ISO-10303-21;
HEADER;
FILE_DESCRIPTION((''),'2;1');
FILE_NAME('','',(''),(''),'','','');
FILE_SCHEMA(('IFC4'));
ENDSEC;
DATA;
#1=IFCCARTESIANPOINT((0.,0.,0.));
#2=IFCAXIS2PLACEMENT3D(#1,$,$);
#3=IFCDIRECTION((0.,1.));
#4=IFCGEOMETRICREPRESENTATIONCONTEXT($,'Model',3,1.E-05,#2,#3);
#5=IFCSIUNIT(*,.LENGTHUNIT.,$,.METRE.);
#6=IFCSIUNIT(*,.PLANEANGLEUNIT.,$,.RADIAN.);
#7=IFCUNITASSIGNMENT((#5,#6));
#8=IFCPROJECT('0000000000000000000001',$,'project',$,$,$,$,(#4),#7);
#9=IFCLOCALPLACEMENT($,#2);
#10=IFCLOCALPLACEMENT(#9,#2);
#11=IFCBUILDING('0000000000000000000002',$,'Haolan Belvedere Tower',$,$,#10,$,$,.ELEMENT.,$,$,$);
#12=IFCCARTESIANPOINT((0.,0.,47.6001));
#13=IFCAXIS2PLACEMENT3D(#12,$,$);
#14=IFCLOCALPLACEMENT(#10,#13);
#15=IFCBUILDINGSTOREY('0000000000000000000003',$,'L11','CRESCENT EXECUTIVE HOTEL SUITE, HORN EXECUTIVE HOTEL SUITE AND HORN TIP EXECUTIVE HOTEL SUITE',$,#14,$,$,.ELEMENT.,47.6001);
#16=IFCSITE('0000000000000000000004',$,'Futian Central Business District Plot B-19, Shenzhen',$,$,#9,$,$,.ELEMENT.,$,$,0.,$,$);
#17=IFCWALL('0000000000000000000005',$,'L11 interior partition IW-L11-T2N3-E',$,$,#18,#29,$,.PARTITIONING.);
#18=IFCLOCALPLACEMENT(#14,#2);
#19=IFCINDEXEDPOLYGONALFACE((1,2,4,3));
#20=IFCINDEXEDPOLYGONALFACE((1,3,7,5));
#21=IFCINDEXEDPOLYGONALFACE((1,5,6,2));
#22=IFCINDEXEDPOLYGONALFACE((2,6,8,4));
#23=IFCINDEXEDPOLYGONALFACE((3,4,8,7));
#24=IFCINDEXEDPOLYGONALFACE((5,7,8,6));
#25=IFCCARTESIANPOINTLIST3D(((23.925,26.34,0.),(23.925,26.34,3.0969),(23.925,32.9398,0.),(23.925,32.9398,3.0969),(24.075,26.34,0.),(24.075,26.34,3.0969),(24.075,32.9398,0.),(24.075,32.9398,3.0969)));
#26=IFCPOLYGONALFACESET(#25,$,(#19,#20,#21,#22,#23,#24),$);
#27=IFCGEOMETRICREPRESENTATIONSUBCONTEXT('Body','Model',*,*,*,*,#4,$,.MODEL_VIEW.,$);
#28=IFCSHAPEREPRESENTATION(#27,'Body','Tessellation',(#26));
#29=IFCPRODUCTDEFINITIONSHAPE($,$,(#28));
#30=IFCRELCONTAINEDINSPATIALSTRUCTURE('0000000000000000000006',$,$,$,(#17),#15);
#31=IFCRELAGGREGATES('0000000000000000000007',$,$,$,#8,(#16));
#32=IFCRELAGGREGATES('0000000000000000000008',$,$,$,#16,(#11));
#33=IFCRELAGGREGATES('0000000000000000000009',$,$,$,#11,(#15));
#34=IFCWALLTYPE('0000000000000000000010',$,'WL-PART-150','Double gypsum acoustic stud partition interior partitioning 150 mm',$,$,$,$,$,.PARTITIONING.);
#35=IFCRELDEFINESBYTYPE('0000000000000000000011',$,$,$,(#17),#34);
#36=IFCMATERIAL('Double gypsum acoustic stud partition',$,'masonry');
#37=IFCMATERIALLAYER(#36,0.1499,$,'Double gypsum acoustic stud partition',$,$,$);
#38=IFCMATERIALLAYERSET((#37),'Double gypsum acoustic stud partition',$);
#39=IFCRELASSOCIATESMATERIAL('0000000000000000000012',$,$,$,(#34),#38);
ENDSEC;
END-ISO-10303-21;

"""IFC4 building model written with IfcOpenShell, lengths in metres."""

from ifc_helpers import new_model, si_unit, direction, frame, frame_2d, origin, place, context, subcontext, project, spatial, rectangle, extrude, material, layer, layer_set, type_object, element, save


model = new_model("IFC4")

# Units and contexts
model_context = context("Model", 3, precision=1e-05, world=origin(), true_north=direction((0.0, 1.0)))
body_context = subcontext(model_context, "Body", "Model", "MODEL_VIEW")
ifc_project = project(units=[si_unit("LENGTHUNIT", "METRE"), si_unit("PLANEANGLEUNIT", "RADIAN")], contexts=[model_context])

# Site, building, storey
site_placement = place(None, origin())
site = spatial("IfcSite", under=ifc_project, at=site_placement, Name="Futian Central Business District Plot B-19, Shenzhen", CompositionType="ELEMENT", RefElevation=0.0)
building_placement = place(site_placement, origin())
building = spatial("IfcBuilding", under=site, at=building_placement, Name="Haolan Belvedere Tower", CompositionType="ELEMENT")
storey_placement = place(building_placement, frame((0.0, 0.0, 47.6001)))
storey = spatial("IfcBuildingStorey", under=building, at=storey_placement, Name="L11", Description="CRESCENT EXECUTIVE HOTEL SUITE, HORN EXECUTIVE HOTEL SUITE AND HORN TIP EXECUTIVE HOTEL SUITE", CompositionType="ELEMENT", Elevation=47.6001)

# Shared definitions
ifc_material_1 = material(Name="Double gypsum acoustic stud partition", Category="masonry")
ifc_layer_1 = layer(ifc_material_1, 0.1499, Name="Double gypsum acoustic stud partition")
ifc_layer_set_1 = layer_set([ifc_layer_1], Name="Double gypsum acoustic stud partition")
wall_type_1 = type_object("IfcWallType", Name="WL-PART-150", Description="Double gypsum acoustic stud partition interior partitioning 150 mm", PredefinedType="PARTITIONING", material=ifc_layer_set_1)

# Wall
wall_1_placement = place(storey_placement, frame((24.0, 26.3401, 0.0), z_axis=(0.0, 0.0, 1.0), x_axis=(0.0, 1.0, 0.0)))
element("IfcWall", 1, at=wall_1_placement, inside=storey, type_object=wall_type_1, Name="L11 interior partition IW-L11-T2N3-E", PredefinedType="PARTITIONING", context=body_context, shape_type="SweptSolid", body=[
    extrude(rectangle(XDim=6.5999, YDim=0.1499, at=frame_2d((3.2998, 0.0))), origin(), (0.0, 0.0, 1.0), 3.0969),
])

save(model, "model.ifc")
